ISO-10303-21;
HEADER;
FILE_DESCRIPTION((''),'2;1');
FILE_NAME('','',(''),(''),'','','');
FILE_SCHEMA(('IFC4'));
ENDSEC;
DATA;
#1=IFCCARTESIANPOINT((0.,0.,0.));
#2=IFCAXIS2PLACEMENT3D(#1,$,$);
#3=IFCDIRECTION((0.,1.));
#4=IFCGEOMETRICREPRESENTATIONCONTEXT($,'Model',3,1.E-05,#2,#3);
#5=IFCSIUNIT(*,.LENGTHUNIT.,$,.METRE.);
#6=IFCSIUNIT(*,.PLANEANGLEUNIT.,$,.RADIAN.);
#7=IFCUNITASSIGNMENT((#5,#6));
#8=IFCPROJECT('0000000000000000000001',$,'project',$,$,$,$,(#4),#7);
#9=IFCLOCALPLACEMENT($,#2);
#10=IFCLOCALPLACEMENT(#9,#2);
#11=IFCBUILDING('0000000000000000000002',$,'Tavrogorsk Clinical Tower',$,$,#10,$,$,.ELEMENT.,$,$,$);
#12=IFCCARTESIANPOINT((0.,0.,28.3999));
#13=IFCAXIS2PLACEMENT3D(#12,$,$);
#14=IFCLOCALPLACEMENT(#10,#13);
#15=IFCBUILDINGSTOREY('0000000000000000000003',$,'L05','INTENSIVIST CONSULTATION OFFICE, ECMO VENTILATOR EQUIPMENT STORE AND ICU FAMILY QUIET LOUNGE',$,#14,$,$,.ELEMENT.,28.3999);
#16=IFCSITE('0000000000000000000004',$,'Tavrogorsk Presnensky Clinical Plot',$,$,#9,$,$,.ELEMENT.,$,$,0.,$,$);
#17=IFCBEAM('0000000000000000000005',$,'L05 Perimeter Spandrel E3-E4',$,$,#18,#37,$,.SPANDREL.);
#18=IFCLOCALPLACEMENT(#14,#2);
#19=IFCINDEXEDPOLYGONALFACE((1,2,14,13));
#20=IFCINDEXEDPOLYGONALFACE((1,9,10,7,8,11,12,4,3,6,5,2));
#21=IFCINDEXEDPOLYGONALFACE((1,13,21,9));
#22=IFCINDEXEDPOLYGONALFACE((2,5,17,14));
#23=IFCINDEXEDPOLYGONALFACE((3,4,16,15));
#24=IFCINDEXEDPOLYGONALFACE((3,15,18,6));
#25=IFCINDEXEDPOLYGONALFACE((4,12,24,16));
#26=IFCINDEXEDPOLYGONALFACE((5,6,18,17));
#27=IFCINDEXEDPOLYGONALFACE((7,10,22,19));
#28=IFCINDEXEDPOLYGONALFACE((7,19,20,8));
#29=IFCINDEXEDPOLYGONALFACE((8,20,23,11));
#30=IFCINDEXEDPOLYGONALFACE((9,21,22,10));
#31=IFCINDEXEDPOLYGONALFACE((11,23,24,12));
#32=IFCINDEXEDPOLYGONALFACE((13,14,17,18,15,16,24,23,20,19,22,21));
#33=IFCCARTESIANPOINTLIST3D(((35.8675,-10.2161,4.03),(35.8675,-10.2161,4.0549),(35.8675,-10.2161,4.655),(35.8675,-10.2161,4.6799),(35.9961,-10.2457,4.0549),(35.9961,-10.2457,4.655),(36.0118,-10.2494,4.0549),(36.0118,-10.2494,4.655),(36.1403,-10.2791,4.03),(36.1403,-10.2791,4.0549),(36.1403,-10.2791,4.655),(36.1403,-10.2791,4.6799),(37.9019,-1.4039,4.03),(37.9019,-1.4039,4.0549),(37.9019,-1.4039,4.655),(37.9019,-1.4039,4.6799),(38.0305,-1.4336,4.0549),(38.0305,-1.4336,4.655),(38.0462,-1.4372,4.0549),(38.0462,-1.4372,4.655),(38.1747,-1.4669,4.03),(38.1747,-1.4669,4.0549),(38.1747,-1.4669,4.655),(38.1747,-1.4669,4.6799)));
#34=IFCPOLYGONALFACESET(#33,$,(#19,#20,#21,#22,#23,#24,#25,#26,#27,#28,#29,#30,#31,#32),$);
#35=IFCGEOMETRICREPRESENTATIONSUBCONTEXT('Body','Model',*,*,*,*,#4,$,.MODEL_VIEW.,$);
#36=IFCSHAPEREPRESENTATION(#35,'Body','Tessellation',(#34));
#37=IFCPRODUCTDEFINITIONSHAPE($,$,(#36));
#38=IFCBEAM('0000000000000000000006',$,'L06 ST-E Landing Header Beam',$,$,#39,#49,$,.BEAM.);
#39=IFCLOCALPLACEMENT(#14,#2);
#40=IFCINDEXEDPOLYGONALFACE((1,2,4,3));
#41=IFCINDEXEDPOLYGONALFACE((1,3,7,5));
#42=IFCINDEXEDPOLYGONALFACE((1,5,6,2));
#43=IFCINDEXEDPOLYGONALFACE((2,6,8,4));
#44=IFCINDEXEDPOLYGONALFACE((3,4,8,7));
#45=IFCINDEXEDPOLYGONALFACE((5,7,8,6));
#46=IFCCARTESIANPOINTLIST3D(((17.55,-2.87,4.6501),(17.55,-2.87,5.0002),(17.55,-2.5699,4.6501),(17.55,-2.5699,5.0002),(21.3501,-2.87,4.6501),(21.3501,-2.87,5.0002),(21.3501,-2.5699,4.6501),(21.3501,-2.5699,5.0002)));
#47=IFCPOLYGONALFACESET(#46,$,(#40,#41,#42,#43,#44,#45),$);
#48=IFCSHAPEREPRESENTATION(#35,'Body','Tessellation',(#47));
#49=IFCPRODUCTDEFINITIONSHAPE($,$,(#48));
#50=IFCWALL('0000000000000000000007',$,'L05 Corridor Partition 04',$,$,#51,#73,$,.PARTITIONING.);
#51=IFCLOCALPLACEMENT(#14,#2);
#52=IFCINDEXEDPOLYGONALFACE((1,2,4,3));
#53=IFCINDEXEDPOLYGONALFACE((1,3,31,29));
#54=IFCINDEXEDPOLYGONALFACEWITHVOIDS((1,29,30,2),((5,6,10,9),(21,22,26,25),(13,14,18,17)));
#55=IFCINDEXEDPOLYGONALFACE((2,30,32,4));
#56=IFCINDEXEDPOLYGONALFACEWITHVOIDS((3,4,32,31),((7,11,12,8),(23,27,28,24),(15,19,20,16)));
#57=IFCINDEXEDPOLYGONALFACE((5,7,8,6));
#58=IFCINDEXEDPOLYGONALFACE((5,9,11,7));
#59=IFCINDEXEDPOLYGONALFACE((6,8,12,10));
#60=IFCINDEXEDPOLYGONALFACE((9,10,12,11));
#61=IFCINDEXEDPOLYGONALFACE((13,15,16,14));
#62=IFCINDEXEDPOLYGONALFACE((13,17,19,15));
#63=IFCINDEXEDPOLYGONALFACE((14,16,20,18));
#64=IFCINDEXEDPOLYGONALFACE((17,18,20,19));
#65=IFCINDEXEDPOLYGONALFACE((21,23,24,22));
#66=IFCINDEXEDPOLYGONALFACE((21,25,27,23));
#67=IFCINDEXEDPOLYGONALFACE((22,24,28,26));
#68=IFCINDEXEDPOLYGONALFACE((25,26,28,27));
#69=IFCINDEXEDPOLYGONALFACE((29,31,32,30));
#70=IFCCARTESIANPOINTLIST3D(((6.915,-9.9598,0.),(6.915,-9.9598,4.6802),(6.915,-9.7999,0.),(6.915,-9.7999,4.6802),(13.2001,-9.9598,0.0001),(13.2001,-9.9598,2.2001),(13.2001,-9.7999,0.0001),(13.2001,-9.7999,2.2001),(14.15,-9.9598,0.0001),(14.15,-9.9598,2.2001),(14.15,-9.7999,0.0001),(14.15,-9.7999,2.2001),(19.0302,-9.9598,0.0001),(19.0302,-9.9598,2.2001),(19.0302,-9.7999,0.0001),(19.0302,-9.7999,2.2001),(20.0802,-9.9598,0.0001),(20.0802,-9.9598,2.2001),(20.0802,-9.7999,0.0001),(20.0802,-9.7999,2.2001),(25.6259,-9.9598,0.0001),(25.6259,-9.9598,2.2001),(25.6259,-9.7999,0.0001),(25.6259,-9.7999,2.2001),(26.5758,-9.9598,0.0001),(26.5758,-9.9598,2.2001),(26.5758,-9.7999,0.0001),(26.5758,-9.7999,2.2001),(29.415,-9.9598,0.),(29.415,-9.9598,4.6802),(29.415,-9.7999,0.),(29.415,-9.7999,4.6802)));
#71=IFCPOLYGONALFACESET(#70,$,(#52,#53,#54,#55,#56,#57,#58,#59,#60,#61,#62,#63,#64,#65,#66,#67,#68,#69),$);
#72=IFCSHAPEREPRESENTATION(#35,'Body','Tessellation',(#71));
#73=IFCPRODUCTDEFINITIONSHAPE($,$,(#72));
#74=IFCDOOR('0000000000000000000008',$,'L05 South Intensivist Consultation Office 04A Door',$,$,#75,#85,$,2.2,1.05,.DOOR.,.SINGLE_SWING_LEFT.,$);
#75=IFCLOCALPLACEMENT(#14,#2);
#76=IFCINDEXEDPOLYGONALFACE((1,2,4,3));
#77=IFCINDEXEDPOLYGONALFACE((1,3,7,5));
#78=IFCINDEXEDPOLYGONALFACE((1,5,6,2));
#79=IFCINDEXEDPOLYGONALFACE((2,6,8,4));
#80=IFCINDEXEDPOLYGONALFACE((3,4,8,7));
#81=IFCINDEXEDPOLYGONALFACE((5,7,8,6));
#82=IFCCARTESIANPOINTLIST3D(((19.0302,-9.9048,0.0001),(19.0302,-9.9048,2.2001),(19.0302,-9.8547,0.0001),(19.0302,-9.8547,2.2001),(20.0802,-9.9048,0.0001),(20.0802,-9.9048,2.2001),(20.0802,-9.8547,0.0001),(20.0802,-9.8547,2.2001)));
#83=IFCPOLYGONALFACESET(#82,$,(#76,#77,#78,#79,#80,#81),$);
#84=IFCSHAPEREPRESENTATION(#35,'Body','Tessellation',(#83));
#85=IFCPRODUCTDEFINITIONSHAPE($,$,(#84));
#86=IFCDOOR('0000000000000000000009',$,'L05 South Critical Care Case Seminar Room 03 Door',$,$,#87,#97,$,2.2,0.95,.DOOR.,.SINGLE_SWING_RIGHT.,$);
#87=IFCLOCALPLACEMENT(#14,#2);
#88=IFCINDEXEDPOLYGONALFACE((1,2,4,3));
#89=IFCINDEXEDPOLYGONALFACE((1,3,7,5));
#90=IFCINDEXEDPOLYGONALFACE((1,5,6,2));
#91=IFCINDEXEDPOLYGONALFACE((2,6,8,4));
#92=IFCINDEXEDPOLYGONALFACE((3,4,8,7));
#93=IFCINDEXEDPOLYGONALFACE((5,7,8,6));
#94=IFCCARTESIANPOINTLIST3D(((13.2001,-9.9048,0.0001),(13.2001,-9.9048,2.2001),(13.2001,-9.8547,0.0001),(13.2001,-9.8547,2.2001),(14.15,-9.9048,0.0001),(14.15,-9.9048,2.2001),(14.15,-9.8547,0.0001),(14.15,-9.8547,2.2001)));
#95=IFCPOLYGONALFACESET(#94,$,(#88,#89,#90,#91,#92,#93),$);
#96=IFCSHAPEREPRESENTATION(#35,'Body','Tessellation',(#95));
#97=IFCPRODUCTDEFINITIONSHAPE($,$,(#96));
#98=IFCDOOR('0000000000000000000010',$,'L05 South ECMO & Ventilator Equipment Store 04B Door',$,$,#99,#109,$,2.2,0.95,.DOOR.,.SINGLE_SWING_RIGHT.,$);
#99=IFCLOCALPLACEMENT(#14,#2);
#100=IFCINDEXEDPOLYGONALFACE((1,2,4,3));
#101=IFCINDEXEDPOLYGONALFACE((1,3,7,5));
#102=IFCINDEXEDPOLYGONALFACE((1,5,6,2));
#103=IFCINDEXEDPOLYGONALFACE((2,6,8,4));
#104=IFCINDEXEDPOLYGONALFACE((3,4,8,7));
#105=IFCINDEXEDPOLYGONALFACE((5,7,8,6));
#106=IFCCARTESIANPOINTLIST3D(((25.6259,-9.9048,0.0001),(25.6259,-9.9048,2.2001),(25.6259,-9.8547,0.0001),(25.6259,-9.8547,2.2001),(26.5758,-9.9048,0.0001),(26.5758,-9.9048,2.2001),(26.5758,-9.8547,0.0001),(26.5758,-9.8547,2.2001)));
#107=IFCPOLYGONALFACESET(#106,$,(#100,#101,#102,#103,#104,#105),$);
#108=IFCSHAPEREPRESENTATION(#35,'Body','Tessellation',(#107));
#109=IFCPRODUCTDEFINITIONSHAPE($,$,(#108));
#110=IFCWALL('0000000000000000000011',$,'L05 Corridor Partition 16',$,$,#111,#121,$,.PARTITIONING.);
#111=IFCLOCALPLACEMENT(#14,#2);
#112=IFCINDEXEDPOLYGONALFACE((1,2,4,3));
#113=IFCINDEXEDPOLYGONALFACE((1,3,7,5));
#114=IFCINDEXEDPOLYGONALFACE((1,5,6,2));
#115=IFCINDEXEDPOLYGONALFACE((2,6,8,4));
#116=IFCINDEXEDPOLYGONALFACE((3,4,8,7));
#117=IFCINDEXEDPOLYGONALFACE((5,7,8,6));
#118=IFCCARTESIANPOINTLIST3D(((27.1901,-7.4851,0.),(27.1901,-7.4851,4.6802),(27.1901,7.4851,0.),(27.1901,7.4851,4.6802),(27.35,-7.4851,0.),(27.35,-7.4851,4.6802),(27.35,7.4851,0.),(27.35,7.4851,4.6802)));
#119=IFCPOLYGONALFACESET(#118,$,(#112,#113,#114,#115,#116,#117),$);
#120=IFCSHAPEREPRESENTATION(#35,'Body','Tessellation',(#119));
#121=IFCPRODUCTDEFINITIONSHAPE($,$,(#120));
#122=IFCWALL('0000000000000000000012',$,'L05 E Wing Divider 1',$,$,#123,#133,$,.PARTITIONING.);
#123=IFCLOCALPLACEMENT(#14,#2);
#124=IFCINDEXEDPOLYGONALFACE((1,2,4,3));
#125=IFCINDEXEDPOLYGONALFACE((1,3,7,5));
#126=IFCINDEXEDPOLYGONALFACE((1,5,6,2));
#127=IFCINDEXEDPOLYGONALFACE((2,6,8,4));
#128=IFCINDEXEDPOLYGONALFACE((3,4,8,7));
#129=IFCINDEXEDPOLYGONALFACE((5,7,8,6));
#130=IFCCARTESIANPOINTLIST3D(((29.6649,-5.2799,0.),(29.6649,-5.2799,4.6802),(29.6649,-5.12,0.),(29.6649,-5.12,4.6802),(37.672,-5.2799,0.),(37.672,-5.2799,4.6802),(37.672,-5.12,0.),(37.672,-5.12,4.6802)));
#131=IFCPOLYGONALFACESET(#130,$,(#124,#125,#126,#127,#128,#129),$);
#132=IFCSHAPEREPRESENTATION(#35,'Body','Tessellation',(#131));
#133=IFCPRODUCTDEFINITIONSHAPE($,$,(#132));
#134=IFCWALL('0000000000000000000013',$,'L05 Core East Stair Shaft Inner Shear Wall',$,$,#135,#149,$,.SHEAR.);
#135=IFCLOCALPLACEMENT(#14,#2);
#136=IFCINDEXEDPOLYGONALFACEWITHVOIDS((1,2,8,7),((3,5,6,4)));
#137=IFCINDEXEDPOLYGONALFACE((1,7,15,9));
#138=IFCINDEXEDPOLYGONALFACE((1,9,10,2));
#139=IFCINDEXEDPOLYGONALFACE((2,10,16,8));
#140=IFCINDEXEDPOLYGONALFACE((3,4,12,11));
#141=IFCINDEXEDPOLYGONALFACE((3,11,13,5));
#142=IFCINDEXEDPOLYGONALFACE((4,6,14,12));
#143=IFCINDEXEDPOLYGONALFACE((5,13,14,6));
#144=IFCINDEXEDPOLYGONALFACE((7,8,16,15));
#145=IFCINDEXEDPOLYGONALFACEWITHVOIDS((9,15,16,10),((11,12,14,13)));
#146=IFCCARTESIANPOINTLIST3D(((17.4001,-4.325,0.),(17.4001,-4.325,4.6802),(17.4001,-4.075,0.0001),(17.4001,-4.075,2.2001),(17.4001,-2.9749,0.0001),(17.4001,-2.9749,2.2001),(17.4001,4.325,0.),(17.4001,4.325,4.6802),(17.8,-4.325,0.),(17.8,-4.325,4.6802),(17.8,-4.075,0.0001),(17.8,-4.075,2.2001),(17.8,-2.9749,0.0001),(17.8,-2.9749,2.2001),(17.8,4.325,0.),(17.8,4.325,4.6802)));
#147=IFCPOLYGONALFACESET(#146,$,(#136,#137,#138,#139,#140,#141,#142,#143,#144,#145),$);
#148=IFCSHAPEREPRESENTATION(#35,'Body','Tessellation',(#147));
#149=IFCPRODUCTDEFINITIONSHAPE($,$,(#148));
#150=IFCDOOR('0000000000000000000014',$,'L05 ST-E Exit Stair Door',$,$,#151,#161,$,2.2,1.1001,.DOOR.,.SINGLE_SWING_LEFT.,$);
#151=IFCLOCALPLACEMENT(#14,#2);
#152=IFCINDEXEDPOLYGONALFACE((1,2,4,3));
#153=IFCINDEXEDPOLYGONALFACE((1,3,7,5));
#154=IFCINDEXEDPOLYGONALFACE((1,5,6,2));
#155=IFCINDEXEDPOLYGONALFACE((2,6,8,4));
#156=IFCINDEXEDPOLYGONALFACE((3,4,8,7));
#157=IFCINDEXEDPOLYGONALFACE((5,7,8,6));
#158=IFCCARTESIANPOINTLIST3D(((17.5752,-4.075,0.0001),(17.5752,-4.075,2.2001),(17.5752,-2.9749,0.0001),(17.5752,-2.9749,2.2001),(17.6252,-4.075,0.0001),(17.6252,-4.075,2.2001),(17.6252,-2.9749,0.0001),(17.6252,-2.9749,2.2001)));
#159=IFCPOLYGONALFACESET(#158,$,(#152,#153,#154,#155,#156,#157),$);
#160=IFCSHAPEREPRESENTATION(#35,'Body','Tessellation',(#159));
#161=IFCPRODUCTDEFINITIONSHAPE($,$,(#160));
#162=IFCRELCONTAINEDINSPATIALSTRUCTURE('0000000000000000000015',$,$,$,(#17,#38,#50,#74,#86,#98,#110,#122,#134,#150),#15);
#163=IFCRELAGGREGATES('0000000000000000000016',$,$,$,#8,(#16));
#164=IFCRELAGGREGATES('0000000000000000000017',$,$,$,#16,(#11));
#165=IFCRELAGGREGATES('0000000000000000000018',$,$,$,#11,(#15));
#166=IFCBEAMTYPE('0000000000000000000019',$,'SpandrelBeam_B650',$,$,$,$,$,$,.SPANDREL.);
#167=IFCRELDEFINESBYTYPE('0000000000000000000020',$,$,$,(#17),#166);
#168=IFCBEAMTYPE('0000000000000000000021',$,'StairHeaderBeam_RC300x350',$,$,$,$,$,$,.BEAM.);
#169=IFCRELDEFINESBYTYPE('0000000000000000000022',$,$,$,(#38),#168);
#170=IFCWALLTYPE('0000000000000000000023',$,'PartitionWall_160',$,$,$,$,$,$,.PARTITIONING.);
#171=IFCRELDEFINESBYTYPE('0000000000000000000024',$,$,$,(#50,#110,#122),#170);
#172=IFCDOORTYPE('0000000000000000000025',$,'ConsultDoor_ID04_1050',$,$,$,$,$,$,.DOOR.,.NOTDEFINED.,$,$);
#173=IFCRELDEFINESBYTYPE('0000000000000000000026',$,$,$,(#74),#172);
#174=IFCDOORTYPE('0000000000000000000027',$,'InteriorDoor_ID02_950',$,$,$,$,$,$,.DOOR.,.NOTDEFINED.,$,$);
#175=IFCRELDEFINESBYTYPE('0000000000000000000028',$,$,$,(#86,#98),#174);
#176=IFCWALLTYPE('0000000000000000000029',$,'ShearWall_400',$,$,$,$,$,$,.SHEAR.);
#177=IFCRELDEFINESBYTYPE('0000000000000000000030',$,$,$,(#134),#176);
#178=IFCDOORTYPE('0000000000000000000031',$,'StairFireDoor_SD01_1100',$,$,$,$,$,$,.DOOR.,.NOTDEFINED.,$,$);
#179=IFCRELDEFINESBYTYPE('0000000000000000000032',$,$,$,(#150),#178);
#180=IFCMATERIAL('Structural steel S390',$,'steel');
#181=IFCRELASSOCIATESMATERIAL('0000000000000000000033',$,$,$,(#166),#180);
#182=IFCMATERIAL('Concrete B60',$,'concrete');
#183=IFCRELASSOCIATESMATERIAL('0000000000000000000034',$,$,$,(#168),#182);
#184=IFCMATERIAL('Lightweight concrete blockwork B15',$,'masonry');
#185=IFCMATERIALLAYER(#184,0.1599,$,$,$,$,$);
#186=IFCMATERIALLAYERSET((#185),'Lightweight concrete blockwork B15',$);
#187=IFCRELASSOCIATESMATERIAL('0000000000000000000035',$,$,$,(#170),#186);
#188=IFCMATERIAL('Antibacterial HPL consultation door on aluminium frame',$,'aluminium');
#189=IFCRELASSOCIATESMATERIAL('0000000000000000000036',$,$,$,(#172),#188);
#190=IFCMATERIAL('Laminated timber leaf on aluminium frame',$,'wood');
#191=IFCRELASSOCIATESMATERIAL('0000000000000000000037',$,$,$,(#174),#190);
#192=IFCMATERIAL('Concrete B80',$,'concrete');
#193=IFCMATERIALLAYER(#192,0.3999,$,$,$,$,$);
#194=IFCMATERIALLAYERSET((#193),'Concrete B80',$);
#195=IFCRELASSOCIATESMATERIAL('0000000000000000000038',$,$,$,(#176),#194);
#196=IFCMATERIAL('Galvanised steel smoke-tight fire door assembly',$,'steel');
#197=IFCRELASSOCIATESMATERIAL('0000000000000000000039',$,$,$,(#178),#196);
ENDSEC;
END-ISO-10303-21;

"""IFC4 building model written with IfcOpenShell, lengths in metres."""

from ifc_helpers import new_model, si_unit, direction, frame, frame_2d, origin, origin_2d, place, context, subcontext, project, spatial, rectangle, i_section, extrude, material, layer, layer_set, material_profile, profile_set, type_object, element, fill, save


model = new_model("IFC4")

# Units and contexts
model_context = context("Model", 3, precision=1e-05, world=origin(), true_north=direction((0.0, 1.0)))
body_context = subcontext(model_context, "Body", "Model", "MODEL_VIEW")
ifc_project = project(units=[si_unit("LENGTHUNIT", "METRE"), si_unit("PLANEANGLEUNIT", "RADIAN")], contexts=[model_context])

# Site, building, storey
site_placement = place(None, origin())
site = spatial("IfcSite", under=ifc_project, at=site_placement, Name="Tavrogorsk Presnensky Clinical Plot", CompositionType="ELEMENT", RefElevation=0.0)
building_placement = place(site_placement, origin())
building = spatial("IfcBuilding", under=site, at=building_placement, Name="Tavrogorsk Clinical Tower", CompositionType="ELEMENT")
storey_placement = place(building_placement, frame((0.0, 0.0, 28.3999)))
storey = spatial("IfcBuildingStorey", under=building, at=storey_placement, Name="L05", Description="INTENSIVIST CONSULTATION OFFICE, ECMO VENTILATOR EQUIPMENT STORE AND ICU FAMILY QUIET LOUNGE", CompositionType="ELEMENT", Elevation=28.3999)

# Beams
ifc_material_1 = material(Name="Structural steel S390", Category="steel")
ifc_material_profile_1 = material_profile(ifc_material_1, i_section(OverallWidth=0.28, OverallDepth=0.6499, WebThickness=0.0161, FlangeThickness=0.0249, at=origin_2d()), Name="B-650x280x16x25")
ifc_profile_set_1 = profile_set([ifc_material_profile_1], Name="Structural steel S390")
beam_type_1 = type_object("IfcBeamType", Name="SpandrelBeam_B650", PredefinedType="SPANDREL", material=ifc_profile_set_1)
beam_1_placement = place(storey_placement, frame((36.0039, -10.2476, 4.355), z_axis=(0.224946, 0.974371, 0.0), x_axis=(-0.974371, 0.224946, 0.0)))
element("IfcBeam", 1, at=beam_1_placement, inside=storey, type_object=beam_type_1, Name="L05 Perimeter Spandrel E3-E4", PredefinedType="SPANDREL", context=body_context, shape_type="SweptSolid", body=[
    extrude(i_section(OverallWidth=0.28, OverallDepth=0.6499, WebThickness=0.0161, FlangeThickness=0.0249, at=origin_2d()), origin(), (0.0, 0.0, 1.0), 9.0439),
])
ifc_material_2 = material(Name="Concrete B60", Category="concrete")
ifc_material_profile_2 = material_profile(ifc_material_2, rectangle(XDim=0.3, YDim=0.3501, at=origin_2d()), Name="RC-SHB-300x350")
ifc_profile_set_2 = profile_set([ifc_material_profile_2], Name="Concrete B60")
beam_type_2 = type_object("IfcBeamType", Name="StairHeaderBeam_RC300x350", PredefinedType="BEAM", material=ifc_profile_set_2)
beam_2_placement = place(storey_placement, frame((17.55, -2.72, 4.8252), z_axis=(1.0, 0.0, 0.0), x_axis=(0.0, 1.0, 0.0)))
element("IfcBeam", 2, at=beam_2_placement, inside=storey, type_object=beam_type_2, Name="L06 ST-E Landing Header Beam", PredefinedType="BEAM", context=body_context, shape_type="SweptSolid", body=[
    extrude(rectangle(XDim=0.3, YDim=0.3501, at=origin_2d()), origin(), (0.0, 0.0, 1.0), 3.8),
])

# Wall, openings, doors
ifc_material_3 = material(Name="Lightweight concrete blockwork B15", Category="masonry")
ifc_layer_1 = layer(ifc_material_3, 0.1599)
ifc_layer_set_1 = layer_set([ifc_layer_1], Name="Lightweight concrete blockwork B15")
wall_type_1 = type_object("IfcWallType", Name="PartitionWall_160", PredefinedType="PARTITIONING", material=ifc_layer_set_1)
wall_1_placement = place(storey_placement, frame((29.415, -9.8799, 0.0), z_axis=(0.0, 0.0, 1.0), x_axis=(-1.0, 0.0, 0.0)))
wall_1 = element("IfcWall", 3, at=wall_1_placement, inside=storey, type_object=wall_type_1, Name="L05 Corridor Partition 04", PredefinedType="PARTITIONING", context=body_context, shape_type="SweptSolid", body=[
    extrude(rectangle(XDim=22.5, YDim=0.1599, at=frame_2d((11.25, 0.0))), origin(), (0.0, 0.0, 1.0), 4.6802),
])
opening_1_placement = place(wall_1_placement, frame((15.2649, 0.0, 0.0)))
opening_1 = element("IfcOpeningElement", 4, at=opening_1_placement, cuts=wall_1, PredefinedType="OPENING", context=body_context, shape_type="SweptSolid", body=[
    extrude(rectangle(XDim=0.95, YDim=2.2, at=frame_2d((0.4751, 1.1001))), frame((0.0, 0.0898, 0.0), z_axis=(0.0, -1.0, 0.0), x_axis=(1.0, 0.0, 0.0)), (0.0, 0.0, 1.0), 0.1799),
])
opening_2_placement = place(wall_1_placement, frame((9.335, 0.0, 0.0)))
opening_2 = element("IfcOpeningElement", 5, at=opening_2_placement, cuts=wall_1, PredefinedType="OPENING", context=body_context, shape_type="SweptSolid", body=[
    extrude(rectangle(XDim=1.05, YDim=2.2, at=frame_2d((0.5249, 1.1001))), frame((0.0, 0.0898, 0.0), z_axis=(0.0, -1.0, 0.0), x_axis=(1.0, 0.0, 0.0)), (0.0, 0.0, 1.0), 0.1799),
])
opening_3_placement = place(wall_1_placement, frame((2.8391, 0.0, 0.0)))
opening_3 = element("IfcOpeningElement", 6, at=opening_3_placement, cuts=wall_1, PredefinedType="OPENING", context=body_context, shape_type="SweptSolid", body=[
    extrude(rectangle(XDim=0.95, YDim=2.2, at=frame_2d((0.4751, 1.1001))), frame((0.0, 0.0898, 0.0), z_axis=(0.0, -1.0, 0.0), x_axis=(1.0, 0.0, 0.0)), (0.0, 0.0, 1.0), 0.1799),
])
ifc_material_4 = material(Name="Antibacterial HPL consultation door on aluminium frame", Category="aluminium")
door_type_1 = type_object("IfcDoorType", Name="ConsultDoor_ID04_1050", OperationType="NOTDEFINED", PredefinedType="DOOR", material=ifc_material_4)
door_1_placement = place(opening_2_placement, origin())
door_1 = element("IfcDoor", 7, at=door_1_placement, inside=storey, type_object=door_type_1, Name="L05 South Intensivist Consultation Office 04A Door", OperationType="SINGLE_SWING_LEFT", OverallHeight=2.2, OverallWidth=1.05, PredefinedType="DOOR", context=body_context, shape_type="SweptSolid", body=[
    extrude(rectangle(XDim=1.05, YDim=2.2, at=frame_2d((0.5249, 1.1001))), frame((0.0, 0.0249, 0.0), z_axis=(0.0, -1.0, 0.0), x_axis=(1.0, 0.0, 0.0)), (0.0, 0.0, 1.0), 0.05),
])
fill(opening_2, door_1)
ifc_material_5 = material(Name="Laminated timber leaf on aluminium frame", Category="wood")
door_type_2 = type_object("IfcDoorType", Name="InteriorDoor_ID02_950", OperationType="NOTDEFINED", PredefinedType="DOOR", material=ifc_material_5)
door_2_placement = place(opening_1_placement, origin())
door_2 = element("IfcDoor", 8, at=door_2_placement, inside=storey, type_object=door_type_2, Name="L05 South Critical Care Case Seminar Room 03 Door", OperationType="SINGLE_SWING_RIGHT", OverallHeight=2.2, OverallWidth=0.95, PredefinedType="DOOR", context=body_context, shape_type="SweptSolid", body=[
    extrude(rectangle(XDim=0.95, YDim=2.2, at=frame_2d((0.4751, 1.1001))), frame((0.0, 0.0249, 0.0), z_axis=(0.0, -1.0, 0.0), x_axis=(1.0, 0.0, 0.0)), (0.0, 0.0, 1.0), 0.05),
])
fill(opening_1, door_2)
door_3_placement = place(opening_3_placement, origin())
door_3 = element("IfcDoor", 9, at=door_3_placement, inside=storey, type_object=door_type_2, Name="L05 South ECMO & Ventilator Equipment Store 04B Door", OperationType="SINGLE_SWING_RIGHT", OverallHeight=2.2, OverallWidth=0.95, PredefinedType="DOOR", context=body_context, shape_type="SweptSolid", body=[
    extrude(rectangle(XDim=0.95, YDim=2.2, at=frame_2d((0.4751, 1.1001))), frame((0.0, 0.0249, 0.0), z_axis=(0.0, -1.0, 0.0), x_axis=(1.0, 0.0, 0.0)), (0.0, 0.0, 1.0), 0.05),
])
fill(opening_3, door_3)

# Walls
wall_2_placement = place(storey_placement, frame((27.27, -7.4851, 0.0), z_axis=(0.0, 0.0, 1.0), x_axis=(0.0, 1.0, 0.0)))
element("IfcWall", 10, at=wall_2_placement, inside=storey, type_object=wall_type_1, Name="L05 Corridor Partition 16", PredefinedType="PARTITIONING", context=body_context, shape_type="SweptSolid", body=[
    extrude(rectangle(XDim=14.9702, YDim=0.1599, at=frame_2d((7.4851, 0.0))), origin(), (0.0, 0.0, 1.0), 4.6802),
])
wall_3_placement = place(storey_placement, frame((29.665, -5.2, 0.0), z_axis=(0.0, 0.0, 1.0), x_axis=(1.0, 0.0, 0.0)))
element("IfcWall", 11, at=wall_3_placement, inside=storey, type_object=wall_type_1, Name="L05 E Wing Divider 1", PredefinedType="PARTITIONING", context=body_context, shape_type="SweptSolid", body=[
    extrude(rectangle(XDim=8.0071, YDim=0.1599, at=frame_2d((4.0034, 0.0))), origin(), (0.0, 0.0, 1.0), 4.6802),
])

# Wall, opening, door
ifc_material_6 = material(Name="Concrete B80", Category="concrete")
ifc_layer_2 = layer(ifc_material_6, 0.3999)
ifc_layer_set_2 = layer_set([ifc_layer_2], Name="Concrete B80")
wall_type_2 = type_object("IfcWallType", Name="ShearWall_400", PredefinedType="SHEAR", material=ifc_layer_set_2)
wall_4_placement = place(storey_placement, frame((17.6001, -4.325, 0.0), z_axis=(0.0, 0.0, 1.0), x_axis=(0.0, 1.0, 0.0)))
wall_4 = element("IfcWall", 12, at=wall_4_placement, inside=storey, type_object=wall_type_2, Name="L05 Core East Stair Shaft Inner Shear Wall", PredefinedType="SHEAR", context=body_context, shape_type="SweptSolid", body=[
    extrude(rectangle(XDim=8.6499, YDim=0.3999, at=frame_2d((4.325, 0.0))), origin(), (0.0, 0.0, 1.0), 4.6802),
])
opening_4_placement = place(wall_4_placement, frame((0.25, 0.0, 0.0)))
opening_4 = element("IfcOpeningElement", 13, at=opening_4_placement, cuts=wall_4, PredefinedType="OPENING", context=body_context, shape_type="SweptSolid", body=[
    extrude(rectangle(XDim=1.1001, YDim=2.2, at=frame_2d((0.55, 1.1001))), frame((0.0, 0.21, 0.0), z_axis=(0.0, -1.0, 0.0), x_axis=(1.0, 0.0, 0.0)), (0.0, 0.0, 1.0), 0.4199),
])
ifc_material_7 = material(Name="Galvanised steel smoke-tight fire door assembly", Category="steel")
door_type_3 = type_object("IfcDoorType", Name="StairFireDoor_SD01_1100", OperationType="NOTDEFINED", PredefinedType="DOOR", material=ifc_material_7)
door_4_placement = place(opening_4_placement, origin())
door_4 = element("IfcDoor", 14, at=door_4_placement, inside=storey, type_object=door_type_3, Name="L05 ST-E Exit Stair Door", OperationType="SINGLE_SWING_LEFT", OverallHeight=2.2, OverallWidth=1.1001, PredefinedType="DOOR", context=body_context, shape_type="SweptSolid", body=[
    extrude(rectangle(XDim=1.1001, YDim=2.2, at=frame_2d((0.55, 1.1001))), frame((0.0, 0.0249, 0.0), z_axis=(0.0, -1.0, 0.0), x_axis=(1.0, 0.0, 0.0)), (0.0, 0.0, 1.0), 0.05),
])
fill(opening_4, door_4)

save(model, "model.ifc")
